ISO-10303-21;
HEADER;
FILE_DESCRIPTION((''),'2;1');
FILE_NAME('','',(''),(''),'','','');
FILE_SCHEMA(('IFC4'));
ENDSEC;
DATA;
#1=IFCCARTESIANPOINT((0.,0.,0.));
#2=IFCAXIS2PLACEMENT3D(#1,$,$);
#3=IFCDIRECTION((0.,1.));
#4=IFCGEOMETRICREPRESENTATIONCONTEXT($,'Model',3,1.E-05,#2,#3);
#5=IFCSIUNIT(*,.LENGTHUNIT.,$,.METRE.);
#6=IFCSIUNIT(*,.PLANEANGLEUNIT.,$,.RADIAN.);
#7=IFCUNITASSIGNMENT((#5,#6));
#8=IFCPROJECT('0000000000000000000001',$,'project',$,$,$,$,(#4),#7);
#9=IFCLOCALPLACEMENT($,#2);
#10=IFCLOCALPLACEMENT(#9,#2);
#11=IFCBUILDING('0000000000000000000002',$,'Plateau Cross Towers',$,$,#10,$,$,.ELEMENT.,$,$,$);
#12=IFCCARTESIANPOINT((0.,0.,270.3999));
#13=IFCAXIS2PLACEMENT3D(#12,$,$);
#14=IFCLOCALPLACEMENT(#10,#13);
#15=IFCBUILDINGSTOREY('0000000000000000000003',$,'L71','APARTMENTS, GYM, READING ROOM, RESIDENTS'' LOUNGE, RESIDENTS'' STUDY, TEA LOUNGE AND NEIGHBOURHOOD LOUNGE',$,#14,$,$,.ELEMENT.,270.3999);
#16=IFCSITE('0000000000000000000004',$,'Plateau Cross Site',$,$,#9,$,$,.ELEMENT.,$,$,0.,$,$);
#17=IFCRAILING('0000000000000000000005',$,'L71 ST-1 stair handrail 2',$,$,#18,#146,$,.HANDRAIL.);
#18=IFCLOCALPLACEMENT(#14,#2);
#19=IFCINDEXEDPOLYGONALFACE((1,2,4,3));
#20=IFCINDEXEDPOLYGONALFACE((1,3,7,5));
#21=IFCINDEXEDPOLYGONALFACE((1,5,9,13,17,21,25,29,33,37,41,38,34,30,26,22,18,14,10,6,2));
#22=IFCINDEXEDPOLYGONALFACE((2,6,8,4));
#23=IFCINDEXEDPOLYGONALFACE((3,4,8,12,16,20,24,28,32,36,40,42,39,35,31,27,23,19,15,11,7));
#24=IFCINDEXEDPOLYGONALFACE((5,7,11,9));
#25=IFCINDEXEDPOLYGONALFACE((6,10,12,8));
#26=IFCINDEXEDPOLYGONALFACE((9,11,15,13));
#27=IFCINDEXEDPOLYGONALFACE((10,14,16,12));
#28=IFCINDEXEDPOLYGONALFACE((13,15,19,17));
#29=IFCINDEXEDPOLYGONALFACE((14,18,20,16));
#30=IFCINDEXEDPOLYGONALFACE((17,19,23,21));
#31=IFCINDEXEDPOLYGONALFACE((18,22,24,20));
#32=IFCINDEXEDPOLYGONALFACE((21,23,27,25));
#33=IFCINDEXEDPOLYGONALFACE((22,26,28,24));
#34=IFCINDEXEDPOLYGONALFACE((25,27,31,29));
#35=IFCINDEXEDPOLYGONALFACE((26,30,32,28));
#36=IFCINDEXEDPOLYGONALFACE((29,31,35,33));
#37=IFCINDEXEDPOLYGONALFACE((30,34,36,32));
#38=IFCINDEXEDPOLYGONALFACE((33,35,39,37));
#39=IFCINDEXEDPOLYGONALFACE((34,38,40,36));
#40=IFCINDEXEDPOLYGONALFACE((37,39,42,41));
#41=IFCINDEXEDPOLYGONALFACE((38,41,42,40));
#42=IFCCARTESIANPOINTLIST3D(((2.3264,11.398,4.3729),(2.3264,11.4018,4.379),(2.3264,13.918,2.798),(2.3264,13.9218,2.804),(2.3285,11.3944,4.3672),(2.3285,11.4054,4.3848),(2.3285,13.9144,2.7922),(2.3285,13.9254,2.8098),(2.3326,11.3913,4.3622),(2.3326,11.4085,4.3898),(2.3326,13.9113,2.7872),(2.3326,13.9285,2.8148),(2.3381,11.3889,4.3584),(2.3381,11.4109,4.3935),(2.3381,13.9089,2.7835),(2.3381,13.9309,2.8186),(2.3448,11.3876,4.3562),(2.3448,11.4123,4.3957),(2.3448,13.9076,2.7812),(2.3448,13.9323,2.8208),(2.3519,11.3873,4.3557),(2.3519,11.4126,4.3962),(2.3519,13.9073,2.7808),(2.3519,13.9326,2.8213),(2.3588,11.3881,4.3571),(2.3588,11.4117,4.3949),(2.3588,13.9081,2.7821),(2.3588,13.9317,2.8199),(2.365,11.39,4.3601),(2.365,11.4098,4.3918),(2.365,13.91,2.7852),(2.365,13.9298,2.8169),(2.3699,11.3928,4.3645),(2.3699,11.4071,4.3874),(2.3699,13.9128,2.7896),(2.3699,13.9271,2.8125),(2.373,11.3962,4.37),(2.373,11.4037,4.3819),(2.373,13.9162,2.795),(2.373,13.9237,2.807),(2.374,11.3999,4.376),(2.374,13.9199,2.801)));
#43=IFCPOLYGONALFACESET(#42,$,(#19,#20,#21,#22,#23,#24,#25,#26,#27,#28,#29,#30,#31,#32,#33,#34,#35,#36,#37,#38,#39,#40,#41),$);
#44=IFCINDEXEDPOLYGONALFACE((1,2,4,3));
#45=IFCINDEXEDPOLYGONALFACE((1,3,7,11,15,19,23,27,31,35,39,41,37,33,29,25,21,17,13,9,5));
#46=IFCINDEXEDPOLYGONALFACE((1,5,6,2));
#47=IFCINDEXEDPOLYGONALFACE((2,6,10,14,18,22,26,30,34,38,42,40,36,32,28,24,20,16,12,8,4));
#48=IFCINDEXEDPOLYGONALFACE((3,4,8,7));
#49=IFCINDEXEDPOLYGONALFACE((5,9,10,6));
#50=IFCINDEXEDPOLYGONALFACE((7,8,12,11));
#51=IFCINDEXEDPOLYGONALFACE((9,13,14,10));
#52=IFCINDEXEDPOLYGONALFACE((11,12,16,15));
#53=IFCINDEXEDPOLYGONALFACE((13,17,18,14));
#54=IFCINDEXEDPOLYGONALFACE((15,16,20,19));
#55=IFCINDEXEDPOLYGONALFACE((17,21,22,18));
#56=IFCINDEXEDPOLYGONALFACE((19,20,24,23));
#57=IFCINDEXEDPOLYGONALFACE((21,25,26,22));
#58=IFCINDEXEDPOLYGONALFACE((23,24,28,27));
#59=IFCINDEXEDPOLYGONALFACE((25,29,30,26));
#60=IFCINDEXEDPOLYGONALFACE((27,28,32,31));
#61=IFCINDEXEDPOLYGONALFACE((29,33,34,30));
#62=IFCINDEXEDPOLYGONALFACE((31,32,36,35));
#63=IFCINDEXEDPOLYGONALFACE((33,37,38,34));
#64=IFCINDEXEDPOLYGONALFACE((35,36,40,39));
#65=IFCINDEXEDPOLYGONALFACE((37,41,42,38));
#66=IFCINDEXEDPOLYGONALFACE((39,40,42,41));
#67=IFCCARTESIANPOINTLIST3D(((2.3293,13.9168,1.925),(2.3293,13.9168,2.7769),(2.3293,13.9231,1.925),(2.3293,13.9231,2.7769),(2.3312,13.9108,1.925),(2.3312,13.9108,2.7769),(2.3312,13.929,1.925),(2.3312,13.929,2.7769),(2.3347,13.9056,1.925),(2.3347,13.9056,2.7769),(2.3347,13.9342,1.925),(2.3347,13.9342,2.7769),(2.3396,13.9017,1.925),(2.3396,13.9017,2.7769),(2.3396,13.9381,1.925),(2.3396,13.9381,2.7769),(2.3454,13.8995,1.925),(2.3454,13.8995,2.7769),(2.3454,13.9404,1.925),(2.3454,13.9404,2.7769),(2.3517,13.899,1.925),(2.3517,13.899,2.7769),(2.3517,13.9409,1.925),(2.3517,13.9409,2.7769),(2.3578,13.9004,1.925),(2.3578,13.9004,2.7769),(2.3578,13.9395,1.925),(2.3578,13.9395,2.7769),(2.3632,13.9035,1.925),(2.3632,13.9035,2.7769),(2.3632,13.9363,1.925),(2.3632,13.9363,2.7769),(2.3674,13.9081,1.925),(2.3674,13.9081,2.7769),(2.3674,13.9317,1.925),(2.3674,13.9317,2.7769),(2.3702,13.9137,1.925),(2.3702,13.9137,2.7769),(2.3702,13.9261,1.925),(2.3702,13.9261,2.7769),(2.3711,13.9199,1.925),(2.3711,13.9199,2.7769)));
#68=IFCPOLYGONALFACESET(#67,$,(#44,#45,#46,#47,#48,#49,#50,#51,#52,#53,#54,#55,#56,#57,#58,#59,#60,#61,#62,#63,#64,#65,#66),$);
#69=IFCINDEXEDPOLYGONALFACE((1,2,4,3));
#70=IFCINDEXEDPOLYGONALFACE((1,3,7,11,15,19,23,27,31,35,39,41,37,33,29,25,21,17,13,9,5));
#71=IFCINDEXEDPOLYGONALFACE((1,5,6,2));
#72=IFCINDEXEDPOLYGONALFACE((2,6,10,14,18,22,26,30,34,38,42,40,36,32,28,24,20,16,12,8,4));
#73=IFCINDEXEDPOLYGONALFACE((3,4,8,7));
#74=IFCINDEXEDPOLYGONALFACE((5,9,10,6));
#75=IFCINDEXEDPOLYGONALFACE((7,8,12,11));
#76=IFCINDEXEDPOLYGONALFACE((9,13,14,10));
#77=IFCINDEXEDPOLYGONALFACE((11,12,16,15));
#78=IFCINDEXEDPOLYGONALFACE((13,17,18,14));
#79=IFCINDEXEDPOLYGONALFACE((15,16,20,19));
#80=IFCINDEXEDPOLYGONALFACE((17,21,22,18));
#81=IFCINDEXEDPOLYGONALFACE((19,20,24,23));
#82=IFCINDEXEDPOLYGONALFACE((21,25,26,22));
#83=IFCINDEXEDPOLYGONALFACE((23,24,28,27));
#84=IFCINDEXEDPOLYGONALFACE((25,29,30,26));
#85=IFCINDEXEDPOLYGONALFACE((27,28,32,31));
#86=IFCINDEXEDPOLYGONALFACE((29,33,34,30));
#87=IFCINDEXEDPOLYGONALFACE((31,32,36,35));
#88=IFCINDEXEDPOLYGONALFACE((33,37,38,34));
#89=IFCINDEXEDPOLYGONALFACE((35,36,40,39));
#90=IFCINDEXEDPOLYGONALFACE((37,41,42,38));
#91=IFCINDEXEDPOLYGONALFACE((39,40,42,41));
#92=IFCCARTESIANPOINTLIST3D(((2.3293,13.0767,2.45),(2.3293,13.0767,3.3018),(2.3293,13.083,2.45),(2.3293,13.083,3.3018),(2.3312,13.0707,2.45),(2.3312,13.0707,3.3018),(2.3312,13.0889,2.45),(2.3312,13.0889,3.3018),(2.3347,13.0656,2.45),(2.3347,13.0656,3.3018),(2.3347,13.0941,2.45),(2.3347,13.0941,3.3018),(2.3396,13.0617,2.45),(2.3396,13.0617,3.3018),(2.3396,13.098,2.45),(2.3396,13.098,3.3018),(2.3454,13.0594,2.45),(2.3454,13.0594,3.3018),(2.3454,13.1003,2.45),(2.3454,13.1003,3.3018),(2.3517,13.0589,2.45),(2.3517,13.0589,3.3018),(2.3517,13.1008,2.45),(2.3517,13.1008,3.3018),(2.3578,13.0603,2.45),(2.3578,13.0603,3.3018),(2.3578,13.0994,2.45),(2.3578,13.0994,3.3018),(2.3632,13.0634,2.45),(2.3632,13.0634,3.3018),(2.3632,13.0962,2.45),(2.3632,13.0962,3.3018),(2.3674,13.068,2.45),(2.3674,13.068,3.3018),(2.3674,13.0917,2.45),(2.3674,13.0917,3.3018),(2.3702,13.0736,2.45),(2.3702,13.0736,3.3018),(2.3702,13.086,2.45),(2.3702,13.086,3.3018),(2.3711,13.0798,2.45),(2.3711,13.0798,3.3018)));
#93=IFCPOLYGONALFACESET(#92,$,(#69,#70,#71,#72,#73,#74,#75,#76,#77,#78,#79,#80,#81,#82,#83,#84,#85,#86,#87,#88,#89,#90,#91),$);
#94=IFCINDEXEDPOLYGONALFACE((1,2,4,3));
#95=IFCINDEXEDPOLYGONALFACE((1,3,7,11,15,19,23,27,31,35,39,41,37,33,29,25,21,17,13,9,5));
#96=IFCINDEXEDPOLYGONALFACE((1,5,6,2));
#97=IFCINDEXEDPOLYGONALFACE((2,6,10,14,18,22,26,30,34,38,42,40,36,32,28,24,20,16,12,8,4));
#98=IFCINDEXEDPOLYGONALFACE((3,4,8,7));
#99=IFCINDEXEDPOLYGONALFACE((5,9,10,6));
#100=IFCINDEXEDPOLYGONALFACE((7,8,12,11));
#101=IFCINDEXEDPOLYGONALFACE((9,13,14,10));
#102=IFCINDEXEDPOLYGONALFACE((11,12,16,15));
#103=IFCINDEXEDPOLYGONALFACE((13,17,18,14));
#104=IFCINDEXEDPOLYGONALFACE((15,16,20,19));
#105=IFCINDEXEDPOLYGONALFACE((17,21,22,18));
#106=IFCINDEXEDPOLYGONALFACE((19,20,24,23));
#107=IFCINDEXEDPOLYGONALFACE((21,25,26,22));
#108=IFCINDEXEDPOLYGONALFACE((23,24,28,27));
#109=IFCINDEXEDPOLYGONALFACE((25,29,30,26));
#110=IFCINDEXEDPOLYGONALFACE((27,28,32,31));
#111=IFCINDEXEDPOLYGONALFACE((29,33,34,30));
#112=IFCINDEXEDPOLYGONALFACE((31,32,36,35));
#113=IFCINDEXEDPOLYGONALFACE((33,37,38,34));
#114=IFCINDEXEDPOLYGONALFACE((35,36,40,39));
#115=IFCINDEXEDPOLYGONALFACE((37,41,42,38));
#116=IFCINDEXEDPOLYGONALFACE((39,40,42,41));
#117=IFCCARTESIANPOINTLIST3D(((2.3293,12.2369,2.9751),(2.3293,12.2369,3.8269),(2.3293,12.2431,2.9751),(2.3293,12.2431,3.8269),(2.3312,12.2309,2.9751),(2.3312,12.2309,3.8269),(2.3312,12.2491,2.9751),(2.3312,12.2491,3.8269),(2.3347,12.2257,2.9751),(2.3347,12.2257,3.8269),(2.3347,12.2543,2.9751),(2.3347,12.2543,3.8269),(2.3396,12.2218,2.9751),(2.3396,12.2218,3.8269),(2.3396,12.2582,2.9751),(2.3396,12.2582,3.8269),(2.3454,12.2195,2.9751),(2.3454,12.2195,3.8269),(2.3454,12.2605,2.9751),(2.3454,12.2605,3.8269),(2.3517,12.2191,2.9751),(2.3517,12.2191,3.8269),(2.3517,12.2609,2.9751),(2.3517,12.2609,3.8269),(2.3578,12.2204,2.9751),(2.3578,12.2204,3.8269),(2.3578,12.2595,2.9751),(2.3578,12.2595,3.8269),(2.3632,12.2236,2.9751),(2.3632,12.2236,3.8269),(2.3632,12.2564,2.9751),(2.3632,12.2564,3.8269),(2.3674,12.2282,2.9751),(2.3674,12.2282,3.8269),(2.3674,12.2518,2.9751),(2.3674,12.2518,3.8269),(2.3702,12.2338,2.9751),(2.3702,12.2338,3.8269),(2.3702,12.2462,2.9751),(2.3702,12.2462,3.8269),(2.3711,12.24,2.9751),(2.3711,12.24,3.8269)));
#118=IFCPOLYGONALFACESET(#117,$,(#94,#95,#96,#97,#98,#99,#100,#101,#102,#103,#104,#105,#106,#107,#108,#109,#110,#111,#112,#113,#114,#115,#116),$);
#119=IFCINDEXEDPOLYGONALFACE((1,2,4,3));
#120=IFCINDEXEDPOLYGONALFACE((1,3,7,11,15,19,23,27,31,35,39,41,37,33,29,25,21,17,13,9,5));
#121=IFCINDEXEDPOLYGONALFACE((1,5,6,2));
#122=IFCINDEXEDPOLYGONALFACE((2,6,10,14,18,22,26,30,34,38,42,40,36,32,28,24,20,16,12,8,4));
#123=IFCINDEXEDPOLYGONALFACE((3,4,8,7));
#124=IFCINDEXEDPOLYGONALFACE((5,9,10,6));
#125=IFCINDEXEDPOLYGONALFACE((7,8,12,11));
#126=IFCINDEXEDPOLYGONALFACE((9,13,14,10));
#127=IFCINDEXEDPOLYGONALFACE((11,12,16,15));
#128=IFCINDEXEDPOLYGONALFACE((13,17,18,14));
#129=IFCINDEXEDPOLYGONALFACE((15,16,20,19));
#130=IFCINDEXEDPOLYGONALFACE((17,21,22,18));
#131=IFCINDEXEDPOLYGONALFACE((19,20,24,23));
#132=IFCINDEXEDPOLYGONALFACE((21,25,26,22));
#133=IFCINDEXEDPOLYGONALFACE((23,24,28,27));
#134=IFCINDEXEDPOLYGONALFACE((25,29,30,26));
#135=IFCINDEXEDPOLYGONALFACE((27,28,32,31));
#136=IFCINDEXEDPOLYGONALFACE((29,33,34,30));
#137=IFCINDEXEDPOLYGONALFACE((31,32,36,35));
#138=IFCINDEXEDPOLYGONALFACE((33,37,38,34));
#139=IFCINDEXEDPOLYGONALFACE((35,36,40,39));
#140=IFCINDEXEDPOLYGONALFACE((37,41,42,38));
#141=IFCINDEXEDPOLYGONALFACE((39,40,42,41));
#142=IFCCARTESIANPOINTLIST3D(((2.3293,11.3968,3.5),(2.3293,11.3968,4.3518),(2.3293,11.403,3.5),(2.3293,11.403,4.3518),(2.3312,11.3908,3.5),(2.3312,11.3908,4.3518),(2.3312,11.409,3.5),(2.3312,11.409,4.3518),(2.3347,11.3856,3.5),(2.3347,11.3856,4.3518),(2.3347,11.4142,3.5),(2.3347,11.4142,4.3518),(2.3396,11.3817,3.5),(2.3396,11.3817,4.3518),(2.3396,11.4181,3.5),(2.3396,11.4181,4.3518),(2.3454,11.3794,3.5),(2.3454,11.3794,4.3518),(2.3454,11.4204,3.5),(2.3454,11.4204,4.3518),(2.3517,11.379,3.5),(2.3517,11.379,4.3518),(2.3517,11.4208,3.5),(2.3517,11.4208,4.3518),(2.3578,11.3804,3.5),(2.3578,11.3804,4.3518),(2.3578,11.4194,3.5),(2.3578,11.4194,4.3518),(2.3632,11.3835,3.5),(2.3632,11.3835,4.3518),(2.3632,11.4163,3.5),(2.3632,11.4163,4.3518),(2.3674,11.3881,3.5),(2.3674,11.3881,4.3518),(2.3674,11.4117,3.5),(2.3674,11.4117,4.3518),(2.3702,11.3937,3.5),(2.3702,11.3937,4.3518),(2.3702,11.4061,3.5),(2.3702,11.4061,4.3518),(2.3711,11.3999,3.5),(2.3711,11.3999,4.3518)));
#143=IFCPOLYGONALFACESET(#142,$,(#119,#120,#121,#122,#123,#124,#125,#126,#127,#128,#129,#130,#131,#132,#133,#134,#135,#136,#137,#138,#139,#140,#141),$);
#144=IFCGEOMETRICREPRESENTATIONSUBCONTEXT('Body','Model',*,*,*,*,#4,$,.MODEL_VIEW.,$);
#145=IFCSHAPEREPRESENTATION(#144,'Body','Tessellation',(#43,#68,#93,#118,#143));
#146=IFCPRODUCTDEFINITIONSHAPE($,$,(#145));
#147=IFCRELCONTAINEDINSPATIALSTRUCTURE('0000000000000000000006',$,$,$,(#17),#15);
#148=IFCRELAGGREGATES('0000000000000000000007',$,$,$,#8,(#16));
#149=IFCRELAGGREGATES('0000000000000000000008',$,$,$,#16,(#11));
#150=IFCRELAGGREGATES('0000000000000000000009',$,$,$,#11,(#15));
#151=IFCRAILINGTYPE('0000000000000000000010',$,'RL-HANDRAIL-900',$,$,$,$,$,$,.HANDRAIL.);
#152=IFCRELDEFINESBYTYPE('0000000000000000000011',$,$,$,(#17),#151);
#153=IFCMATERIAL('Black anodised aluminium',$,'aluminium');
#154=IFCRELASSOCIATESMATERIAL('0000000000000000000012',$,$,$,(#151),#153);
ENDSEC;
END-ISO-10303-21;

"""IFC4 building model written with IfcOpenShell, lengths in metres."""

from ifc_helpers import new_model, si_unit, direction, frame, origin, origin_2d, place, context, subcontext, project, spatial, circle, extrude, material, type_object, element, save


model = new_model("IFC4")

# Units and contexts
model_context = context("Model", 3, precision=1e-05, world=origin(), true_north=direction((0.0, 1.0)))
body_context = subcontext(model_context, "Body", "Model", "MODEL_VIEW")
ifc_project = project(units=[si_unit("LENGTHUNIT", "METRE"), si_unit("PLANEANGLEUNIT", "RADIAN")], contexts=[model_context])

# Site, building, storey
site_placement = place(None, origin())
site = spatial("IfcSite", under=ifc_project, at=site_placement, Name="Plateau Cross Site", CompositionType="ELEMENT", RefElevation=0.0)
building_placement = place(site_placement, origin())
building = spatial("IfcBuilding", under=site, at=building_placement, Name="Plateau Cross Towers", CompositionType="ELEMENT")
storey_placement = place(building_placement, frame((0.0, 0.0, 270.3999)))
storey = spatial("IfcBuildingStorey", under=building, at=storey_placement, Name="L71", Description="APARTMENTS, GYM, READING ROOM, RESIDENTS' LOUNGE, RESIDENTS' STUDY, TEA LOUNGE AND NEIGHBOURHOOD LOUNGE", CompositionType="ELEMENT", Elevation=270.3999)

# Shared definitions
ifc_material_1 = material(Name="Black anodised aluminium", Category="aluminium")

# Railing
railing_type_1 = type_object("IfcRailingType", Name="RL-HANDRAIL-900", PredefinedType="HANDRAIL", material=ifc_material_1)
railing_1_placement = place(storey_placement, frame((2.3501, 13.9199, 1.925)))
element("IfcRailing", 1, at=railing_1_placement, inside=storey, type_object=railing_type_1, Name="L71 ST-1 stair handrail 2", PredefinedType="HANDRAIL", context=body_context, shape_type="SweptSolid", body=[
    extrude(circle(Radius=0.0239, at=origin_2d()), frame((0.0, 0.0, 0.876), z_axis=(0.0, -0.848008, 0.529984), x_axis=(1.0, 0.0, 0.0)), (0.0, 0.0, 1.0), 2.9717),
    extrude(circle(Radius=0.021, at=origin_2d()), origin(), (0.0, 0.0, 1.0), 0.8518),
    extrude(circle(Radius=0.021, at=origin_2d()), frame((0.0, -0.8401, 0.5249)), (0.0, 0.0, 1.0), 0.8518),
    extrude(circle(Radius=0.021, at=origin_2d()), frame((0.0, -1.6799, 1.05)), (0.0, 0.0, 1.0), 0.8518),
    extrude(circle(Radius=0.021, at=origin_2d()), frame((0.0, -2.52, 1.575)), (0.0, 0.0, 1.0), 0.8518),
])

save(model, "model.ifc")
